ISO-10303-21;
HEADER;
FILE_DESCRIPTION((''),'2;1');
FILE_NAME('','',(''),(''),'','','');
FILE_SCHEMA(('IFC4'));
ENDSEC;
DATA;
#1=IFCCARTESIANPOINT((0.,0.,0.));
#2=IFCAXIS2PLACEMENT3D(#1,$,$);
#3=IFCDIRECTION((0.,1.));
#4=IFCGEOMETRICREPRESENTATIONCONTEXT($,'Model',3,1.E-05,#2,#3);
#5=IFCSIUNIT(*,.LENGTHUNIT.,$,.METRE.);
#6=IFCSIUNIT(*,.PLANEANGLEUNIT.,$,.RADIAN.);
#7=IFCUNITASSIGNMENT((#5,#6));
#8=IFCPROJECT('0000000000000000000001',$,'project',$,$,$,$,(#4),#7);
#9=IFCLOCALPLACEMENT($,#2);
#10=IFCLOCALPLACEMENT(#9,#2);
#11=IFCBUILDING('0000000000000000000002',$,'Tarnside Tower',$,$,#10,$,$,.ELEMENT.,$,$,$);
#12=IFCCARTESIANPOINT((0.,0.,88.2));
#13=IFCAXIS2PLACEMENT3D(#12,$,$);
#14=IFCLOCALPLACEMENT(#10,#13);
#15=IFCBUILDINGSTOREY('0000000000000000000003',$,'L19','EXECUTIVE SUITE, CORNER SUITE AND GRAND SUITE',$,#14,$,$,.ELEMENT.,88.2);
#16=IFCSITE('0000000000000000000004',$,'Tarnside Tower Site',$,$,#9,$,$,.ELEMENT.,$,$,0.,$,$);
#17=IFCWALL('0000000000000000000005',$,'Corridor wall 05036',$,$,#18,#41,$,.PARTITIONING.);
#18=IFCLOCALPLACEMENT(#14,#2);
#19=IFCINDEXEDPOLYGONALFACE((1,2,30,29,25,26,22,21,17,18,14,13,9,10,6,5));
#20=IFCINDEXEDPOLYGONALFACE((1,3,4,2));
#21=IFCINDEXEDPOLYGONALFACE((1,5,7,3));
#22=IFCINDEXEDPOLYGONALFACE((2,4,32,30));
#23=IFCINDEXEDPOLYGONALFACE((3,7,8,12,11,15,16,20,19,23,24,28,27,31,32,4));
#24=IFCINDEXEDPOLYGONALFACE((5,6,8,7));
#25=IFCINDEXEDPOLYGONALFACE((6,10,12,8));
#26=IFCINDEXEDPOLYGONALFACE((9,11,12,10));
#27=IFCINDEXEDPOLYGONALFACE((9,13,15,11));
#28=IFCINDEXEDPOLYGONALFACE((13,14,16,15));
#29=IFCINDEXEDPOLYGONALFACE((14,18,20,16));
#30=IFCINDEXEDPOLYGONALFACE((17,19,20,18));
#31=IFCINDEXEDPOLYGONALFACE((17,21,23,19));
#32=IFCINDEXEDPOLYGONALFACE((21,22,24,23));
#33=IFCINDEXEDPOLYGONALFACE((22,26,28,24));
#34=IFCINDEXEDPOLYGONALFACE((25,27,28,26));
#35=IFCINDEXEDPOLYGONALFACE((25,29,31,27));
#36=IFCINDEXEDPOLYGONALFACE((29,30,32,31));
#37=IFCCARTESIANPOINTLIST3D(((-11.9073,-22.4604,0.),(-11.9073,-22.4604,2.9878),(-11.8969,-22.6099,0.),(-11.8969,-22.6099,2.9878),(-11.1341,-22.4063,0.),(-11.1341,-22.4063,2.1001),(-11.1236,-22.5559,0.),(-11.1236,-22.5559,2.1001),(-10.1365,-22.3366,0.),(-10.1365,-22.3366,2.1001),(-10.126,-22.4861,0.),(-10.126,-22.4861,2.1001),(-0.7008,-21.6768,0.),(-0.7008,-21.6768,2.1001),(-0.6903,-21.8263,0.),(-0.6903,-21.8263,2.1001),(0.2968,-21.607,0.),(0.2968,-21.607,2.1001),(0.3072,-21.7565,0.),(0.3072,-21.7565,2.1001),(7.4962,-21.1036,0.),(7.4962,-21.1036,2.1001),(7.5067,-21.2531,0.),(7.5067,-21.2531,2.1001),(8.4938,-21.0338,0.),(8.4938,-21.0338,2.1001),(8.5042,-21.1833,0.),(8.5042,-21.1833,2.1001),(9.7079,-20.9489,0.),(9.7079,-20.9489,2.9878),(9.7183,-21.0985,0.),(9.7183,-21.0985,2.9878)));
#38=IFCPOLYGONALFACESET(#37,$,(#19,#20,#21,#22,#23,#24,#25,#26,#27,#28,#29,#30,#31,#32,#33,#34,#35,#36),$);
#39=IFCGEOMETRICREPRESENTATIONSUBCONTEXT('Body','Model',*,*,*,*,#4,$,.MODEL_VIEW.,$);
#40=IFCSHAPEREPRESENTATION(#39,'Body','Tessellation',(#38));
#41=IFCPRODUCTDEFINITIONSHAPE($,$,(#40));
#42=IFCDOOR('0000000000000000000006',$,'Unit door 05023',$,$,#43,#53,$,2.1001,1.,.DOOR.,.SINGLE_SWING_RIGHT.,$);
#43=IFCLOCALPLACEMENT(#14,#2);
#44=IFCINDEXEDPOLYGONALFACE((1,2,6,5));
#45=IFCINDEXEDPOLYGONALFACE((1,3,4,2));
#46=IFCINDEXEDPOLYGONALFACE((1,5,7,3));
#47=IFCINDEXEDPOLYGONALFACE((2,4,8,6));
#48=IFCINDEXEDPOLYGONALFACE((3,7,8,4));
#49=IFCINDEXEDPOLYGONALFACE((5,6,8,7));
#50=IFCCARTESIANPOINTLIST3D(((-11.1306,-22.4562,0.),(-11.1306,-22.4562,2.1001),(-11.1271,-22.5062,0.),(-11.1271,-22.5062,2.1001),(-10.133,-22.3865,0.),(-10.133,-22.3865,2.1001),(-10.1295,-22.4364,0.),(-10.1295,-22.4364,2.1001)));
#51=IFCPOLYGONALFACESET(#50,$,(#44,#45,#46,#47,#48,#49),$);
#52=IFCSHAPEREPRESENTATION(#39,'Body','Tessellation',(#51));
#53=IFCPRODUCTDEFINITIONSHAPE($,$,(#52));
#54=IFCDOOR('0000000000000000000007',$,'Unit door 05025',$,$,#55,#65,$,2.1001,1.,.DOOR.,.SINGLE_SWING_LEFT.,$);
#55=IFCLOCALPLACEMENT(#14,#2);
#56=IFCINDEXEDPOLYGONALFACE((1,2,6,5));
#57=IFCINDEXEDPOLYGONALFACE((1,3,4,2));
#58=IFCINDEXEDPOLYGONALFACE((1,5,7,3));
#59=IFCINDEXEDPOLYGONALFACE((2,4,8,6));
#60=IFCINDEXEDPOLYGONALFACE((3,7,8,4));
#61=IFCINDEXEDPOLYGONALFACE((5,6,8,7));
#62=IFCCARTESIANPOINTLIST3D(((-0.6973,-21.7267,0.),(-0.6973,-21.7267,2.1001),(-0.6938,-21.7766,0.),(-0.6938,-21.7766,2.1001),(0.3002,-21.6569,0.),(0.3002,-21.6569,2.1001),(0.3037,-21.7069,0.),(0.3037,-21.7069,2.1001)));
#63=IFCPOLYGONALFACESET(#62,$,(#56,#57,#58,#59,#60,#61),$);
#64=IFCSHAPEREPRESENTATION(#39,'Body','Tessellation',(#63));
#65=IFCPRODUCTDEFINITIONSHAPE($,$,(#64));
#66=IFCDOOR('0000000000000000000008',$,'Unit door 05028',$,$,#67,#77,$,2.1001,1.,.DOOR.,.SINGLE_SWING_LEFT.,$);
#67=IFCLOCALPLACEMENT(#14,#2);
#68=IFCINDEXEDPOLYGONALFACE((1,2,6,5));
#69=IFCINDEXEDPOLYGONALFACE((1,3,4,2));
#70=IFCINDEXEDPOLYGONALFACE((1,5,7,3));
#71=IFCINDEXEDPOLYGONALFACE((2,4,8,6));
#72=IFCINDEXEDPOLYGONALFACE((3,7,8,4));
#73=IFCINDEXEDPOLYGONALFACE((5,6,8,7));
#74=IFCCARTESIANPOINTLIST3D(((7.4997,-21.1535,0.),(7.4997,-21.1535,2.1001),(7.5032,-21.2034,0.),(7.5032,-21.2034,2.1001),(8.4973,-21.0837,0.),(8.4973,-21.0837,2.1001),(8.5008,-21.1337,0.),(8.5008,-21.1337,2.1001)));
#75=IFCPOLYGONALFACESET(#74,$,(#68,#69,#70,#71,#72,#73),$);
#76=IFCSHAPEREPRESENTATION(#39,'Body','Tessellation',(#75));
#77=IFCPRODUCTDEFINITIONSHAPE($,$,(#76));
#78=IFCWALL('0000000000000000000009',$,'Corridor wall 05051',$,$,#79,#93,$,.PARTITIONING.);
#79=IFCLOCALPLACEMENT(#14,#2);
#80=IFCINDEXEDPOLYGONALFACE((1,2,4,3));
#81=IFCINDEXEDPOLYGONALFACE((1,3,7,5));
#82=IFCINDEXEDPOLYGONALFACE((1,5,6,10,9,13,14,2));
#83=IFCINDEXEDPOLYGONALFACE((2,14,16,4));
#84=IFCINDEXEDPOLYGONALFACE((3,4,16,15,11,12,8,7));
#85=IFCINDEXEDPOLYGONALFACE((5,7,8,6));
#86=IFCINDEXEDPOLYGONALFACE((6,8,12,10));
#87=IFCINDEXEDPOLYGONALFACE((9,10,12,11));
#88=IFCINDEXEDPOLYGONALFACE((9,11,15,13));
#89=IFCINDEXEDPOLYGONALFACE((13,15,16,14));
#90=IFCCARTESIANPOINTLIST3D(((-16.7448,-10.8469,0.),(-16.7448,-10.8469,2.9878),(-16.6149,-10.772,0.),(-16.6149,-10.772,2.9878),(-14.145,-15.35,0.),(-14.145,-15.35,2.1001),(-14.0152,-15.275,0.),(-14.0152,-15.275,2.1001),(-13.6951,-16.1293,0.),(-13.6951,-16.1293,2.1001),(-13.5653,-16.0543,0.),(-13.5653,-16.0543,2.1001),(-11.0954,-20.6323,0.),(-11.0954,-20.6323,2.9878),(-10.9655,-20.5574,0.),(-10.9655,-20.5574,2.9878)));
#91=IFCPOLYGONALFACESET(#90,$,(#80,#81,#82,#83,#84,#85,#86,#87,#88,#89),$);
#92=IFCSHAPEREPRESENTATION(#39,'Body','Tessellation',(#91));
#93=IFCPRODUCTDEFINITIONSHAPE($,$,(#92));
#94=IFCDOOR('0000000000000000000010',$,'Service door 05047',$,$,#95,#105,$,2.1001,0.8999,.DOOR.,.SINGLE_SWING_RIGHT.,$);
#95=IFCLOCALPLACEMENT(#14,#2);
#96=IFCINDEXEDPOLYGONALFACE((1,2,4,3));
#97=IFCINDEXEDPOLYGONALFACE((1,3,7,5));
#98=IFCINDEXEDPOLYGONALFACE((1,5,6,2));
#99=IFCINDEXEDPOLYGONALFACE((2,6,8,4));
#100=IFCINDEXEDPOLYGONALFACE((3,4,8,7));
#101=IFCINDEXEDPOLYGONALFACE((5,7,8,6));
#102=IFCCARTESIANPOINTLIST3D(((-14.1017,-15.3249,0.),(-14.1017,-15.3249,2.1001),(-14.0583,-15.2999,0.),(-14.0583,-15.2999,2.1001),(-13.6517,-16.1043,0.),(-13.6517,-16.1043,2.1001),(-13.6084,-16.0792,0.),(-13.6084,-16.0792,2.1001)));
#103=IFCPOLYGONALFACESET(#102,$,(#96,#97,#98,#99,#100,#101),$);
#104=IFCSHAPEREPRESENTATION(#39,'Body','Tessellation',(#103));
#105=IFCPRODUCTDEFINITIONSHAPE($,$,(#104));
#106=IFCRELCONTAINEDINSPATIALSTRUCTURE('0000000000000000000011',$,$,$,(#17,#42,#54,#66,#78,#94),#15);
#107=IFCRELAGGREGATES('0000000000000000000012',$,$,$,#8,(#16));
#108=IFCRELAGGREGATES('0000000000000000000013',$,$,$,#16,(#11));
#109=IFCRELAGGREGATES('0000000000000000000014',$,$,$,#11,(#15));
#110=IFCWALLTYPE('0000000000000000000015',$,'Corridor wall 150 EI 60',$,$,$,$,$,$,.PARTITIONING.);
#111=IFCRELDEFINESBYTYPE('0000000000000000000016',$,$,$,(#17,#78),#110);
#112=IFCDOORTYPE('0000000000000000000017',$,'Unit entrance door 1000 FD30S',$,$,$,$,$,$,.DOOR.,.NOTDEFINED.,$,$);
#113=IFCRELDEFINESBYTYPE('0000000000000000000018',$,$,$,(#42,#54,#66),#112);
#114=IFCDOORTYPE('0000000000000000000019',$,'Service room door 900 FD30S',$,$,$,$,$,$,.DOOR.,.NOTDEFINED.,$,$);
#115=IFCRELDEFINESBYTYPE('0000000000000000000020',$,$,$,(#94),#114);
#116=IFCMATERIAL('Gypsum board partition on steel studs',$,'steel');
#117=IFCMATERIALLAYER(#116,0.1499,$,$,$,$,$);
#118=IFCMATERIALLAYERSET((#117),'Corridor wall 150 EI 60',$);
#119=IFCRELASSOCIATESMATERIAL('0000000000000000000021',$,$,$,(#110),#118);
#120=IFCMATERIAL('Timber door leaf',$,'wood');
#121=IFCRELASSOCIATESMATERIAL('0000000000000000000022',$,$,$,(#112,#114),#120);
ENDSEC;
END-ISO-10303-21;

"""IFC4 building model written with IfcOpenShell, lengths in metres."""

from ifc_helpers import new_model, si_unit, direction, frame, frame_2d, origin, place, context, subcontext, project, spatial, rectangle, extrude, material, layer, layer_set, type_object, element, fill, save


model = new_model("IFC4")

# Units and contexts
model_context = context("Model", 3, precision=1e-05, world=origin(), true_north=direction((0.0, 1.0)))
body_context = subcontext(model_context, "Body", "Model", "MODEL_VIEW")
ifc_project = project(units=[si_unit("LENGTHUNIT", "METRE"), si_unit("PLANEANGLEUNIT", "RADIAN")], contexts=[model_context])

# Site, building, storey
site_placement = place(None, origin())
site = spatial("IfcSite", under=ifc_project, at=site_placement, Name="Tarnside Tower Site", CompositionType="ELEMENT", RefElevation=0.0)
building_placement = place(site_placement, origin())
building = spatial("IfcBuilding", under=site, at=building_placement, Name="Tarnside Tower", CompositionType="ELEMENT")
storey_placement = place(building_placement, frame((0.0, 0.0, 88.2)))
storey = spatial("IfcBuildingStorey", under=building, at=storey_placement, Name="L19", Description="EXECUTIVE SUITE, CORNER SUITE AND GRAND SUITE", CompositionType="ELEMENT", Elevation=88.2)

# Shared definitions
ifc_material_1 = material(Name="Gypsum board partition on steel studs", Category="steel")

# Shared definitions
ifc_material_2 = material(Name="Timber door leaf", Category="wood")

# Wall, openings, doors
ifc_layer_1 = layer(ifc_material_1, 0.1499)
ifc_layer_set_1 = layer_set([ifc_layer_1], Name="Corridor wall 150 EI 60")
wall_type_1 = type_object("IfcWallType", Name="Corridor wall 150 EI 60", PredefinedType="PARTITIONING", material=ifc_layer_set_1)
wall_1_placement = place(storey_placement, frame((-11.9021, -22.5352, 0.0), z_axis=(0.0, 0.0, 1.0), x_axis=(0.997564, 0.069756, 0.0)))
wall_1 = element("IfcWall", 1, at=wall_1_placement, inside=storey, type_object=wall_type_1, Name="Corridor wall 05036", PredefinedType="PARTITIONING", context=body_context, shape_type="SweptSolid", body=[
    extrude(rectangle(XDim=21.668, YDim=0.1499, at=frame_2d((10.834, 0.0))), origin(), (0.0, 0.0, 1.0), 2.9878),
])
opening_1_placement = place(wall_1_placement, frame((0.7751, 0.0, 0.0)))
opening_1 = element("IfcOpeningElement", 2, at=opening_1_placement, cuts=wall_1, PredefinedType="OPENING", context=body_context, shape_type="SweptSolid", body=[
    extrude(rectangle(XDim=1.0, YDim=2.1001, at=frame_2d((0.5, 1.05))), frame((0.0, 0.085, 0.0), z_axis=(0.0, -1.0, 0.0), x_axis=(1.0, 0.0, 0.0)), (0.0, 0.0, 1.0), 0.1699),
])
opening_2_placement = place(wall_1_placement, frame((11.2339, 0.0, 0.0)))
opening_2 = element("IfcOpeningElement", 3, at=opening_2_placement, cuts=wall_1, PredefinedType="OPENING", context=body_context, shape_type="SweptSolid", body=[
    extrude(rectangle(XDim=1.0, YDim=2.1001, at=frame_2d((0.5, 1.05))), frame((0.0, 0.085, 0.0), z_axis=(0.0, -1.0, 0.0), x_axis=(1.0, 0.0, 0.0)), (0.0, 0.0, 1.0), 0.1699),
])
opening_3_placement = place(wall_1_placement, frame((19.4509, 0.0, 0.0)))
opening_3 = element("IfcOpeningElement", 4, at=opening_3_placement, cuts=wall_1, PredefinedType="OPENING", context=body_context, shape_type="SweptSolid", body=[
    extrude(rectangle(XDim=1.0, YDim=2.1001, at=frame_2d((0.5, 1.05))), frame((0.0, 0.085, 0.0), z_axis=(0.0, -1.0, 0.0), x_axis=(1.0, 0.0, 0.0)), (0.0, 0.0, 1.0), 0.1699),
])
door_type_1 = type_object("IfcDoorType", Name="Unit entrance door 1000 FD30S", OperationType="NOTDEFINED", PredefinedType="DOOR", material=ifc_material_2)
door_1_placement = place(opening_1_placement, origin())
door_1 = element("IfcDoor", 5, at=door_1_placement, inside=storey, type_object=door_type_1, Name="Unit door 05023", OperationType="SINGLE_SWING_RIGHT", OverallHeight=2.1001, OverallWidth=1.0, PredefinedType="DOOR", context=body_context, shape_type="SweptSolid", body=[
    extrude(rectangle(XDim=1.0, YDim=2.1001, at=frame_2d((0.5, 1.05))), frame((0.0, 0.0249, 0.0), z_axis=(0.0, -1.0, 0.0), x_axis=(1.0, 0.0, 0.0)), (0.0, 0.0, 1.0), 0.05),
])
fill(opening_1, door_1)
door_2_placement = place(opening_2_placement, origin())
door_2 = element("IfcDoor", 6, at=door_2_placement, inside=storey, type_object=door_type_1, Name="Unit door 05025", OperationType="SINGLE_SWING_LEFT", OverallHeight=2.1001, OverallWidth=1.0, PredefinedType="DOOR", context=body_context, shape_type="SweptSolid", body=[
    extrude(rectangle(XDim=1.0, YDim=2.1001, at=frame_2d((0.5, 1.05))), frame((0.0, 0.0249, 0.0), z_axis=(0.0, -1.0, 0.0), x_axis=(1.0, 0.0, 0.0)), (0.0, 0.0, 1.0), 0.05),
])
fill(opening_2, door_2)
door_3_placement = place(opening_3_placement, origin())
door_3 = element("IfcDoor", 7, at=door_3_placement, inside=storey, type_object=door_type_1, Name="Unit door 05028", OperationType="SINGLE_SWING_LEFT", OverallHeight=2.1001, OverallWidth=1.0, PredefinedType="DOOR", context=body_context, shape_type="SweptSolid", body=[
    extrude(rectangle(XDim=1.0, YDim=2.1001, at=frame_2d((0.5, 1.05))), frame((0.0, 0.0249, 0.0), z_axis=(0.0, -1.0, 0.0), x_axis=(1.0, 0.0, 0.0)), (0.0, 0.0, 1.0), 0.05),
])
fill(opening_3, door_3)

# Wall, opening, door
wall_2_placement = place(storey_placement, frame((-11.0305, -20.5947, 0.0), z_axis=(0.0, 0.0, 1.0), x_axis=(-0.499987, 0.866033, 0.0)))
wall_2 = element("IfcWall", 8, at=wall_2_placement, inside=storey, type_object=wall_type_1, Name="Corridor wall 05051", PredefinedType="PARTITIONING", context=body_context, shape_type="SweptSolid", body=[
    extrude(rectangle(XDim=11.2991, YDim=0.1499, at=frame_2d((5.6494, 0.0))), origin(), (0.0, 0.0, 1.0), 2.9878),
])
opening_4_placement = place(wall_2_placement, frame((5.1995, 0.0, 0.0)))
opening_4 = element("IfcOpeningElement", 9, at=opening_4_placement, cuts=wall_2, PredefinedType="OPENING", context=body_context, shape_type="SweptSolid", body=[
    extrude(rectangle(XDim=0.8999, YDim=2.1001, at=frame_2d((0.45, 1.05))), frame((0.0, 0.085, 0.0), z_axis=(0.0, -1.0, 0.0), x_axis=(1.0, 0.0, 0.0)), (0.0, 0.0, 1.0), 0.1699),
])
door_type_2 = type_object("IfcDoorType", Name="Service room door 900 FD30S", OperationType="NOTDEFINED", PredefinedType="DOOR", material=ifc_material_2)
door_4_placement = place(opening_4_placement, origin())
door_4 = element("IfcDoor", 10, at=door_4_placement, inside=storey, type_object=door_type_2, Name="Service door 05047", OperationType="SINGLE_SWING_RIGHT", OverallHeight=2.1001, OverallWidth=0.8999, PredefinedType="DOOR", context=body_context, shape_type="SweptSolid", body=[
    extrude(rectangle(XDim=0.8999, YDim=2.1001, at=frame_2d((0.45, 1.05))), frame((0.0, 0.0249, 0.0), z_axis=(0.0, -1.0, 0.0), x_axis=(1.0, 0.0, 0.0)), (0.0, 0.0, 1.0), 0.05),
])
fill(opening_4, door_4)

save(model, "model.ifc")
